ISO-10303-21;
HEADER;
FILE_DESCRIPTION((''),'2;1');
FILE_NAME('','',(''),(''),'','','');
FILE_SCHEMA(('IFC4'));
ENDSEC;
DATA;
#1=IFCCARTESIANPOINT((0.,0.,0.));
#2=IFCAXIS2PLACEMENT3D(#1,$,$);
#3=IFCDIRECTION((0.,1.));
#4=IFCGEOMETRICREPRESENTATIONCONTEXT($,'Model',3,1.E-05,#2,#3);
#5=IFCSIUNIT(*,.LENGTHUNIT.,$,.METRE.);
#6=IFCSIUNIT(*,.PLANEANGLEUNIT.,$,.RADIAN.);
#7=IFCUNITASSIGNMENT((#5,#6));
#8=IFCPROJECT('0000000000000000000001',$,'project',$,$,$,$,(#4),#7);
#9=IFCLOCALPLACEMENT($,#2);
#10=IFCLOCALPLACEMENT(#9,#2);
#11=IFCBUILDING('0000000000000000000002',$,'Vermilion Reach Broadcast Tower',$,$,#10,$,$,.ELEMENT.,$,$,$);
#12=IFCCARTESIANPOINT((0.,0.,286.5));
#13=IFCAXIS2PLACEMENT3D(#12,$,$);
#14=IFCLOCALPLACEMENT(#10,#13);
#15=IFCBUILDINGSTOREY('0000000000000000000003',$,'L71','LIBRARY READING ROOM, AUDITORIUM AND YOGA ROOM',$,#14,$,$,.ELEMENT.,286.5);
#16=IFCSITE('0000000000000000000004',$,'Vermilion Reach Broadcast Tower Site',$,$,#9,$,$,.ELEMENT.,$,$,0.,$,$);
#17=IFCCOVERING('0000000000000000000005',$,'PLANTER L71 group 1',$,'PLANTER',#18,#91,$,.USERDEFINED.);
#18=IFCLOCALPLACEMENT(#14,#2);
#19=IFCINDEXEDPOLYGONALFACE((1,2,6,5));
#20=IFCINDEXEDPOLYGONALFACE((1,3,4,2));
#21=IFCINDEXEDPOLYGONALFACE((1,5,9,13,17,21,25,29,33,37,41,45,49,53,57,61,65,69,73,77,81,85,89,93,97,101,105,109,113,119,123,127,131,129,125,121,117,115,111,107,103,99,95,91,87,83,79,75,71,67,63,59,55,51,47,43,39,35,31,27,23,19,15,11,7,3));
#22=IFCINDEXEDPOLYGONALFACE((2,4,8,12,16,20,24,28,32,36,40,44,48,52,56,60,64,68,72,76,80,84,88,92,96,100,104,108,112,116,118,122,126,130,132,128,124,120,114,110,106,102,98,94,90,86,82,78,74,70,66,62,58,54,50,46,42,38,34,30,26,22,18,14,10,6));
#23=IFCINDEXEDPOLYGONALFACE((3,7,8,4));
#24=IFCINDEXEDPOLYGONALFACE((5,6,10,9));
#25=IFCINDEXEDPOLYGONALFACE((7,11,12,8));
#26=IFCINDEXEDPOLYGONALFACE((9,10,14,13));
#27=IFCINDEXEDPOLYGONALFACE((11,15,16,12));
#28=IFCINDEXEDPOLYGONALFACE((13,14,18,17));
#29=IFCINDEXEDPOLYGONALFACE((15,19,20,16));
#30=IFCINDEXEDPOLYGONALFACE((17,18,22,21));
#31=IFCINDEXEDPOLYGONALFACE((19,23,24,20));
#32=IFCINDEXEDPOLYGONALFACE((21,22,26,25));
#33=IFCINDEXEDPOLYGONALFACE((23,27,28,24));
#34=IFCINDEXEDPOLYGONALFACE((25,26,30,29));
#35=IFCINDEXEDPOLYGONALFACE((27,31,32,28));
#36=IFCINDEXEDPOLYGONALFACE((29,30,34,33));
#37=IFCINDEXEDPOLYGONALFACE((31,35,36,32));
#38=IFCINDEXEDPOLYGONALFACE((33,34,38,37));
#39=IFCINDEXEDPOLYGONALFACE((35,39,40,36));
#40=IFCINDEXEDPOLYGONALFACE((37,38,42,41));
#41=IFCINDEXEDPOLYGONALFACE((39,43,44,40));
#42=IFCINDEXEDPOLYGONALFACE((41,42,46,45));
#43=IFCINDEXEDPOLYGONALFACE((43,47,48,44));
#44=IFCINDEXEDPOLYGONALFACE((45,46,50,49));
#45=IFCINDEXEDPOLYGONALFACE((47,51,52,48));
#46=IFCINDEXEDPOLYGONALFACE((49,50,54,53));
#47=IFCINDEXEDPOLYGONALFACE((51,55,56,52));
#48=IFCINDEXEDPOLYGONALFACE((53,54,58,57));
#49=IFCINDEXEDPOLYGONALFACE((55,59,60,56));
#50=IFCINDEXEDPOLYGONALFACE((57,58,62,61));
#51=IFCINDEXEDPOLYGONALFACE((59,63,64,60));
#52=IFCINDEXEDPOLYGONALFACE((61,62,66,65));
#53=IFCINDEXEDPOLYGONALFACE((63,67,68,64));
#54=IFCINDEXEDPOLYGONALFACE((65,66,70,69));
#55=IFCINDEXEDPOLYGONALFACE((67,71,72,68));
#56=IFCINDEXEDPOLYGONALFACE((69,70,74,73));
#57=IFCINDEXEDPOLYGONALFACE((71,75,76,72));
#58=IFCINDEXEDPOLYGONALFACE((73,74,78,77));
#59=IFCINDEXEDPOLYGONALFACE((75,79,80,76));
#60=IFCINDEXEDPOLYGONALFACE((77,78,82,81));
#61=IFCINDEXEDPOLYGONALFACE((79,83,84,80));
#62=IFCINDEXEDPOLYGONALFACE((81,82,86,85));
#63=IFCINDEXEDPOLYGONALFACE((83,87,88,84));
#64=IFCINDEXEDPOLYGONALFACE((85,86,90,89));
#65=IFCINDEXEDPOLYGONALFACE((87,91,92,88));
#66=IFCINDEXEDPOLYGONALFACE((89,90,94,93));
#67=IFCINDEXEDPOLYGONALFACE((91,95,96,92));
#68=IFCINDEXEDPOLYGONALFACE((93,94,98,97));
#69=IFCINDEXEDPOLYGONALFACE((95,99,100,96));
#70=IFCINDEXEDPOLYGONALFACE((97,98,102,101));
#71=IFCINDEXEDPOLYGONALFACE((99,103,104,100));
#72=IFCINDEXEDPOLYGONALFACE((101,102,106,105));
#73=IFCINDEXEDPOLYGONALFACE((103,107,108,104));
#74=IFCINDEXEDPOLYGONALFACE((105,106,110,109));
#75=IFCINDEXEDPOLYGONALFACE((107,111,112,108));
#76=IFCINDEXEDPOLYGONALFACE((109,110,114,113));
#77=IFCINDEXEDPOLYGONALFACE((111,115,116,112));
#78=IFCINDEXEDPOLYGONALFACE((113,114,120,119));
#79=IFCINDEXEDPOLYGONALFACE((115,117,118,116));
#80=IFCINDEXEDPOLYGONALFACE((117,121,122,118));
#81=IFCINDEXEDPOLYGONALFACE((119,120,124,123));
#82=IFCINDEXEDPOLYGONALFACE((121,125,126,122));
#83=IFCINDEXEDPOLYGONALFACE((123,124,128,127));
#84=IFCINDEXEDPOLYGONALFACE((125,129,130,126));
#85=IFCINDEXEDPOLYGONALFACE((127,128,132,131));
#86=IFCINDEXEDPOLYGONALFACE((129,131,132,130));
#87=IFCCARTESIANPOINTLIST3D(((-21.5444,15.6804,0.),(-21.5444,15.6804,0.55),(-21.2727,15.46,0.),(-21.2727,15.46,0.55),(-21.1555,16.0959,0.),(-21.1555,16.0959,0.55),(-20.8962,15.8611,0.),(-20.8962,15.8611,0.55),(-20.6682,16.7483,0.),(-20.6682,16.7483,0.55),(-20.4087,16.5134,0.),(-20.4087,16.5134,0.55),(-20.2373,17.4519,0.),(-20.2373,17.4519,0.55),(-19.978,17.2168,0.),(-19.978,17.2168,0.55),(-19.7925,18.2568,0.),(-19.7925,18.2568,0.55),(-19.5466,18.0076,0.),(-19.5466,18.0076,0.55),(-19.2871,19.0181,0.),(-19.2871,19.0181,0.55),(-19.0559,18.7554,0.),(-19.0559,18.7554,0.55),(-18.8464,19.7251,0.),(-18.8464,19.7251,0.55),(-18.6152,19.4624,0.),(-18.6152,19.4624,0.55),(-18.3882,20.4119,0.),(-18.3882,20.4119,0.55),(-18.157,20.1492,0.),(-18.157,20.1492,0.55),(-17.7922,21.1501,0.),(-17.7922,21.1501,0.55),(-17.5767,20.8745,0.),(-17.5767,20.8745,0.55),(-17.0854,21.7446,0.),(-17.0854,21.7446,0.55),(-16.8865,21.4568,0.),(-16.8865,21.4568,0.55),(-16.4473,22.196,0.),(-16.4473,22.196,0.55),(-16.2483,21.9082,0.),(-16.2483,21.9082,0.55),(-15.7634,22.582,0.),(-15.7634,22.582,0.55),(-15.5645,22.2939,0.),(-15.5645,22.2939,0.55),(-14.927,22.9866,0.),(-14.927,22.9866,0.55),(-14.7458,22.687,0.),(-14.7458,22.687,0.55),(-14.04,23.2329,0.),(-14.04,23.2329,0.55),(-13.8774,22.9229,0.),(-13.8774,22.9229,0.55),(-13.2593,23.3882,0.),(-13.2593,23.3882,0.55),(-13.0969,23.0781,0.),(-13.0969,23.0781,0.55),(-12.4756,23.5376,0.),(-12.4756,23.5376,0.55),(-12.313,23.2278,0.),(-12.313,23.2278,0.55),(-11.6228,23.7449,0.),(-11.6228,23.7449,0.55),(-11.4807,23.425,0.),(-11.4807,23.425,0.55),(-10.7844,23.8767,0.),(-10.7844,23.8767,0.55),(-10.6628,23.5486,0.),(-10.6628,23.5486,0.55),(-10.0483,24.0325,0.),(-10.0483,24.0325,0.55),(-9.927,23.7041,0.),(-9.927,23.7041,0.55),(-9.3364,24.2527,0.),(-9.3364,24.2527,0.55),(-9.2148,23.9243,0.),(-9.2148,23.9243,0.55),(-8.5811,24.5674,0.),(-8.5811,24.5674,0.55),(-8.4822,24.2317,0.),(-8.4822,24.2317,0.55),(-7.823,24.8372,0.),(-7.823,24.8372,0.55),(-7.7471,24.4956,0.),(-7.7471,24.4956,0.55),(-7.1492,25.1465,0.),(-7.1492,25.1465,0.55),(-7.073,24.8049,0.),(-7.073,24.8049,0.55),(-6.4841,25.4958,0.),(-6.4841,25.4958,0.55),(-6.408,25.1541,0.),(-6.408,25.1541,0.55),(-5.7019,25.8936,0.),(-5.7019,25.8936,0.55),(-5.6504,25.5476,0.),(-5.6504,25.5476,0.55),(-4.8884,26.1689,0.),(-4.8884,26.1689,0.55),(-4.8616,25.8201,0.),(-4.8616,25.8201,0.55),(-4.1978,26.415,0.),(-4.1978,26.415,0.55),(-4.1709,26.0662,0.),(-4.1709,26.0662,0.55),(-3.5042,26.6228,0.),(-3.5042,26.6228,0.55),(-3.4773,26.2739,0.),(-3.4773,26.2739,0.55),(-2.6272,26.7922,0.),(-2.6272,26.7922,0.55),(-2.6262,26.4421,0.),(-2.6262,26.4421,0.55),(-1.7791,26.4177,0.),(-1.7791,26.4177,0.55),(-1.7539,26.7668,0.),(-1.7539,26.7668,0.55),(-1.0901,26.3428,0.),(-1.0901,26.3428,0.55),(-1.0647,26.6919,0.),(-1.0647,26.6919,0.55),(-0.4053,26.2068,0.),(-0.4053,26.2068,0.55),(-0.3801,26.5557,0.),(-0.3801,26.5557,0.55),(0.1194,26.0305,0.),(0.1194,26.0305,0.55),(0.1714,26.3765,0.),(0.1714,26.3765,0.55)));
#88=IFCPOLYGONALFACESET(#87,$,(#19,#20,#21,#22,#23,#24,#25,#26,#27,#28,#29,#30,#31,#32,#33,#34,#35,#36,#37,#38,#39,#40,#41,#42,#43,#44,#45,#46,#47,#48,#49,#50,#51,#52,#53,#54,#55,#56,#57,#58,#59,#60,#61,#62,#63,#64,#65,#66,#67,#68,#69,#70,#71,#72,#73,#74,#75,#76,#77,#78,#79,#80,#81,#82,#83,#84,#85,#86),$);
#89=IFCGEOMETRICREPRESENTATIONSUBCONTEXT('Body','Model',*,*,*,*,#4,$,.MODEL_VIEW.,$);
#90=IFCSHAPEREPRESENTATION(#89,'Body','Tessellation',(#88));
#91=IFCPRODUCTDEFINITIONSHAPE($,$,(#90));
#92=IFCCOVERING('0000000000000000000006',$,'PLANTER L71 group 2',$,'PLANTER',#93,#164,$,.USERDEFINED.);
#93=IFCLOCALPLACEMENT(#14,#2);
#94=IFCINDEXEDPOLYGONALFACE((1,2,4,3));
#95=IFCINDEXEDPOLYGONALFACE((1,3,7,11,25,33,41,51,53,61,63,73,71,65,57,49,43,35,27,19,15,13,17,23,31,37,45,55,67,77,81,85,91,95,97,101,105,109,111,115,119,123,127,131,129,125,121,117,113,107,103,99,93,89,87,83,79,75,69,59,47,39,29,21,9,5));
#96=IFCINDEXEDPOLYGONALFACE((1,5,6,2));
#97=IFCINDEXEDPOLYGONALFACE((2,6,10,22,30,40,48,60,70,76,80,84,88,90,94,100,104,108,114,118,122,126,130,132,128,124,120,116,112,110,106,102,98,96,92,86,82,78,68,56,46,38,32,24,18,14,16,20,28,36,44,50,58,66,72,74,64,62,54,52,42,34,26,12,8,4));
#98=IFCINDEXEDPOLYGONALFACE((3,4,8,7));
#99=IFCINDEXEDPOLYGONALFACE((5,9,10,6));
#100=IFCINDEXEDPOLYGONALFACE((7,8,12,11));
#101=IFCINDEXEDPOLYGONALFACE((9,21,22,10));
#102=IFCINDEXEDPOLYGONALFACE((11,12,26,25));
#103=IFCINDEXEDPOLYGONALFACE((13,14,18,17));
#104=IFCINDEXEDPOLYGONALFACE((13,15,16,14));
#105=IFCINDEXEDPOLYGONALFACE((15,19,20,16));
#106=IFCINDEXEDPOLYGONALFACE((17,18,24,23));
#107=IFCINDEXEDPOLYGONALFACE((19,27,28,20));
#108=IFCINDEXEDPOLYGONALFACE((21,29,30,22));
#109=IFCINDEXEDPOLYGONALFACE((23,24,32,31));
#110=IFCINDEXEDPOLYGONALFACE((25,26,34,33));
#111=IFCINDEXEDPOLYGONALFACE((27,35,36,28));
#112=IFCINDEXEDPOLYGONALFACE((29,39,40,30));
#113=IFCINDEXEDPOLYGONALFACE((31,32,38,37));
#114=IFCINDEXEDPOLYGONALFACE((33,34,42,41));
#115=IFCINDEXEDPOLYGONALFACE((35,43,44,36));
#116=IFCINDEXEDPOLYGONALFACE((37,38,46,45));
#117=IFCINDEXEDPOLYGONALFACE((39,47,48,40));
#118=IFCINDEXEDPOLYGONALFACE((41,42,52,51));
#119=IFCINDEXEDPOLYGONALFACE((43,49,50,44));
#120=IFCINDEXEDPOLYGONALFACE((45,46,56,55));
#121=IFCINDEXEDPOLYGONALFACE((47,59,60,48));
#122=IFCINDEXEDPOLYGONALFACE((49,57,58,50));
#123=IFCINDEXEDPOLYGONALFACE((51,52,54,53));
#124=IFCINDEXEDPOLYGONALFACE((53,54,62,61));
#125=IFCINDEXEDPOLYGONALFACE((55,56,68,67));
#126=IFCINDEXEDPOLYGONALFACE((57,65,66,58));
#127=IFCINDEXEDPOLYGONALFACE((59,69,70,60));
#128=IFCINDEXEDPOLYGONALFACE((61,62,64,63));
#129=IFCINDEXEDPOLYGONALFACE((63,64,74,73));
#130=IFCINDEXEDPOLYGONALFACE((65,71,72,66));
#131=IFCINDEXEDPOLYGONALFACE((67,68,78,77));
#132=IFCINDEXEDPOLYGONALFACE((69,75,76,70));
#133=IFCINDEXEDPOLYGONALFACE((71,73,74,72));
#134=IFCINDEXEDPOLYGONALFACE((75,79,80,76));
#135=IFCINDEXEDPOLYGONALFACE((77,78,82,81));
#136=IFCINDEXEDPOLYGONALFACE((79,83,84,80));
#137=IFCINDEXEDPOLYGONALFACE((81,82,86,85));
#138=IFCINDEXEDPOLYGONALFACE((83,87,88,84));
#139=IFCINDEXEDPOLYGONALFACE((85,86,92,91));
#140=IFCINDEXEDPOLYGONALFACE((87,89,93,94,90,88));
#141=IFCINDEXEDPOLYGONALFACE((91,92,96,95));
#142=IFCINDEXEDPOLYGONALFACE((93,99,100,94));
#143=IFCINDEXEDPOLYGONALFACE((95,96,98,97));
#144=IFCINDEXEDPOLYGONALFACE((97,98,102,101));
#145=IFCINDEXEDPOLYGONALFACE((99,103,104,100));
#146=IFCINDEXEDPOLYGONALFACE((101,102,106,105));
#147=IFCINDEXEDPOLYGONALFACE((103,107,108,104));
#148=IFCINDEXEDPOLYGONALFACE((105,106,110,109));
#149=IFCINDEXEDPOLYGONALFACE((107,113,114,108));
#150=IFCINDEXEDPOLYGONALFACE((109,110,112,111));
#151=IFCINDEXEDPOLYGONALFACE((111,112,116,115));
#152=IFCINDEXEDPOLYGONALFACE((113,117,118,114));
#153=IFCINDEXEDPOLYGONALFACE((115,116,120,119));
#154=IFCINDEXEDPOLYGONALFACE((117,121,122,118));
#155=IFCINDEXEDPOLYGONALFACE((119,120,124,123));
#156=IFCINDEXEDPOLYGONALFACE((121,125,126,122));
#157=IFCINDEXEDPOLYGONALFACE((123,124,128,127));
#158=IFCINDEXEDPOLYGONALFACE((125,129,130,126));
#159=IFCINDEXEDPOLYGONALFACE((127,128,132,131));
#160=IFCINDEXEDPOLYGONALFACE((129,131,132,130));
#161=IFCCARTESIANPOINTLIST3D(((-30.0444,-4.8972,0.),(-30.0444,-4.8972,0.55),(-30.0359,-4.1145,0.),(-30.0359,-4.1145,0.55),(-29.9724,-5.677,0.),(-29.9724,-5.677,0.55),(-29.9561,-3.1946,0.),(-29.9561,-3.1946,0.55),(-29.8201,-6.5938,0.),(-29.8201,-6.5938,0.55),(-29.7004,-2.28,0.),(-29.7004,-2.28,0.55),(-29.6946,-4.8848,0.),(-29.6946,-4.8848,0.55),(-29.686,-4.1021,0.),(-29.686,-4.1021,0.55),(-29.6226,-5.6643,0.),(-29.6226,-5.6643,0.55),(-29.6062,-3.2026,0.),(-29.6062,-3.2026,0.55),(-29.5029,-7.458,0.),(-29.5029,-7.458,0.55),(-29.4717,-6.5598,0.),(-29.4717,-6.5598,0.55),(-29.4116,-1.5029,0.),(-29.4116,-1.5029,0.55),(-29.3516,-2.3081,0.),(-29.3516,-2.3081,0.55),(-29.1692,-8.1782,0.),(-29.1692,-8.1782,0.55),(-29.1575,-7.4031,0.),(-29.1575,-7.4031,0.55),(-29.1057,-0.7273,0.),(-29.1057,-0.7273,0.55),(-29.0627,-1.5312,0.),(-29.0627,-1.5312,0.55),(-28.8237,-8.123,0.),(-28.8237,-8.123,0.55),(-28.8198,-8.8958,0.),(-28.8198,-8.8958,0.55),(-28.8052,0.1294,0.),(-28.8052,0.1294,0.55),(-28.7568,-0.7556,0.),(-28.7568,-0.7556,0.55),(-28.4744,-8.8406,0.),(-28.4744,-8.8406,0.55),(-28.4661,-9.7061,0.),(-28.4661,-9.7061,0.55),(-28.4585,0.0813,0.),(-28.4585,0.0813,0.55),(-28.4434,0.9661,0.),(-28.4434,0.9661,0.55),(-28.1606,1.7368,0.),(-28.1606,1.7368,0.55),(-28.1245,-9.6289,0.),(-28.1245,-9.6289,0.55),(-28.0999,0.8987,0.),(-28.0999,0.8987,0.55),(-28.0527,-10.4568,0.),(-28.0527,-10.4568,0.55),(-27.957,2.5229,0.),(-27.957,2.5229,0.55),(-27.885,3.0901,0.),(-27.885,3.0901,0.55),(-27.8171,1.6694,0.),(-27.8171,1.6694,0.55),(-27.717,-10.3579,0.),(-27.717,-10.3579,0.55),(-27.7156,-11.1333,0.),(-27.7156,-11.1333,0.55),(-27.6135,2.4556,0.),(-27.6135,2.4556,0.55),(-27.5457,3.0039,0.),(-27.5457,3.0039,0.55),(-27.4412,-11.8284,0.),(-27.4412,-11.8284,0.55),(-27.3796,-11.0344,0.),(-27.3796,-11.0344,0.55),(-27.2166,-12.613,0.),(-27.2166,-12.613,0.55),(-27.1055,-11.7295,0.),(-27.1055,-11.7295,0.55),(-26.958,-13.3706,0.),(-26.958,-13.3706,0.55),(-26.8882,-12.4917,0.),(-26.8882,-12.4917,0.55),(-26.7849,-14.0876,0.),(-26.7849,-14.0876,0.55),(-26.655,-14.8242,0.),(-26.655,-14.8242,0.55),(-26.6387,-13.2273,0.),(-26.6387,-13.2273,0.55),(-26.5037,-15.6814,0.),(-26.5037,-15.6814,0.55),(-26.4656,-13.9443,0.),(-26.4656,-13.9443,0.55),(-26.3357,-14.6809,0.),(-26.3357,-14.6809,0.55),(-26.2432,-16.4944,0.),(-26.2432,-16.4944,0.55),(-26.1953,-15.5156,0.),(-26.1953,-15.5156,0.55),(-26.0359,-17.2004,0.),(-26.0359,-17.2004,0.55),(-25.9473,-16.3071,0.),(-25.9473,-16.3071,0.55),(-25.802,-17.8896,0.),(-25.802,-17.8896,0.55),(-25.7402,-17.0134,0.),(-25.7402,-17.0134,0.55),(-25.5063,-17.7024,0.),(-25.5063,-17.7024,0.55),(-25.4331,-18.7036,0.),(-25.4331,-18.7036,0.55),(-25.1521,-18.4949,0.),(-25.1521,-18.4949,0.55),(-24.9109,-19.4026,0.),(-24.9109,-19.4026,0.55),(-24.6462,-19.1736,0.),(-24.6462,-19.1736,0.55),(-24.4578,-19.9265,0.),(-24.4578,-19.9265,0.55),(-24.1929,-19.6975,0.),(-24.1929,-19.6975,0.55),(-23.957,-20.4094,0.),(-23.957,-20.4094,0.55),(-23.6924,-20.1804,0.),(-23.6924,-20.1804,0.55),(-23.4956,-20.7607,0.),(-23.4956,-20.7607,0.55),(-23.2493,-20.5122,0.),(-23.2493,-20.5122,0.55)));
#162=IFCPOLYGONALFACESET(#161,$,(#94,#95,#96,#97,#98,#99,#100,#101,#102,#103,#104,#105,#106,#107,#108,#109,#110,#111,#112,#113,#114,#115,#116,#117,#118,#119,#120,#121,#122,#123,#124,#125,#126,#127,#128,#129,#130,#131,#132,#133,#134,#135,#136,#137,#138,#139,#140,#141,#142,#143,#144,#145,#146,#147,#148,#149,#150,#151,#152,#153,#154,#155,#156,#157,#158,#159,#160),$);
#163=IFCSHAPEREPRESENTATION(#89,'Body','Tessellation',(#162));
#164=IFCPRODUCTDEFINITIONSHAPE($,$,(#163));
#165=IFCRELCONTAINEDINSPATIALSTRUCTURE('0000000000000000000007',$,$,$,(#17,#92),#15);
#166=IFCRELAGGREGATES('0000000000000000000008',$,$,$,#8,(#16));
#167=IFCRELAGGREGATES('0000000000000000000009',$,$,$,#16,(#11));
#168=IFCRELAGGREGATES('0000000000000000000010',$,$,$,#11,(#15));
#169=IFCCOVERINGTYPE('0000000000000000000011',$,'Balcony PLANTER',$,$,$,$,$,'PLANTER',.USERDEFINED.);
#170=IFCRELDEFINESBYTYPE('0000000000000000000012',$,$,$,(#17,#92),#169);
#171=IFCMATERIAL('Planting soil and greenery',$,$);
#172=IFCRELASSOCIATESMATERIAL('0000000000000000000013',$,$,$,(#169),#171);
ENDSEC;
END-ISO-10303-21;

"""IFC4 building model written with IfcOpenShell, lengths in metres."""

from ifc_helpers import new_model, si_unit, direction, frame, origin, place, context, subcontext, project, spatial, polyline, outline, extrude, material, type_object, element, save


model = new_model("IFC4")

# Units and contexts
model_context = context("Model", 3, precision=1e-05, world=origin(), true_north=direction((0.0, 1.0)))
body_context = subcontext(model_context, "Body", "Model", "MODEL_VIEW")
ifc_project = project(units=[si_unit("LENGTHUNIT", "METRE"), si_unit("PLANEANGLEUNIT", "RADIAN")], contexts=[model_context])

# Site, building, storey
site_placement = place(None, origin())
site = spatial("IfcSite", under=ifc_project, at=site_placement, Name="Vermilion Reach Broadcast Tower Site", CompositionType="ELEMENT", RefElevation=0.0)
building_placement = place(site_placement, origin())
building = spatial("IfcBuilding", under=site, at=building_placement, Name="Vermilion Reach Broadcast Tower", CompositionType="ELEMENT")
storey_placement = place(building_placement, frame((0.0, 0.0, 286.5)))
storey = spatial("IfcBuildingStorey", under=building, at=storey_placement, Name="L71", Description="LIBRARY READING ROOM, AUDITORIUM AND YOGA ROOM", CompositionType="ELEMENT", Elevation=286.5)

# Shared definitions
placement_1 = place(storey_placement, origin())

# Coverings
ifc_material_1 = material(Name="Planting soil and greenery")
covering_type = type_object("IfcCoveringType", Name="Balcony PLANTER", ElementType="PLANTER", PredefinedType="USERDEFINED", material=ifc_material_1)
element("IfcCovering", 1, at=placement_1, inside=storey, type_object=covering_type, Name="PLANTER L71 group 1", ObjectType="PLANTER", PredefinedType="USERDEFINED", context=body_context, shape_type="SweptSolid", body=[
    extrude(outline(polyline([(0.1714, 26.3765), (-0.3801, 26.5557), (-1.0647, 26.6919), (-1.7539, 26.7668), (-2.6272, 26.7922), (-3.5042, 26.6228), (-4.1978, 26.415), (-4.8884, 26.1689), (-5.7019, 25.8936), (-6.4841, 25.4958), (-7.1492, 25.1465), (-7.823, 24.8372), (-8.5811, 24.5674), (-9.3364, 24.2527), (-10.0483, 24.0325), (-10.7844, 23.8767), (-11.6228, 23.7449), (-12.4756, 23.5376), (-13.2593, 23.3882), (-14.04, 23.2329), (-14.927, 22.9866), (-15.7634, 22.582), (-16.4473, 22.196), (-17.0854, 21.7446), (-17.7922, 21.1501), (-18.3882, 20.4119), (-18.8464, 19.7251), (-19.2871, 19.0181), (-19.7925, 18.2568), (-20.2373, 17.4519), (-20.6682, 16.7483), (-21.1555, 16.0959), (-21.5444, 15.6804), (-21.2727, 15.46), (-20.8962, 15.8611), (-20.4087, 16.5134), (-19.978, 17.2168), (-19.5466, 18.0076), (-19.0559, 18.7554), (-18.6152, 19.4624), (-18.157, 20.1492), (-17.5767, 20.8745), (-16.8865, 21.4568), (-16.2483, 21.9082), (-15.5645, 22.2939), (-14.7458, 22.687), (-13.8774, 22.9229), (-13.0969, 23.0781), (-12.313, 23.2278), (-11.4807, 23.425), (-10.6628, 23.5486), (-9.927, 23.7041), (-9.2148, 23.9243), (-8.4822, 24.2317), (-7.7471, 24.4956), (-7.073, 24.8049), (-6.408, 25.1541), (-5.6504, 25.5476), (-4.8616, 25.8201), (-4.1709, 26.0662), (-3.4773, 26.2739), (-2.6262, 26.4421), (-1.7791, 26.4177), (-1.0901, 26.3428), (-0.4053, 26.2068), (0.1194, 26.0305), (0.1714, 26.3765)])), origin(), (0.0, 0.0, 1.0), 0.55),
])
element("IfcCovering", 2, at=placement_1, inside=storey, type_object=covering_type, Name="PLANTER L71 group 2", ObjectType="PLANTER", PredefinedType="USERDEFINED", context=body_context, shape_type="SweptSolid", body=[
    extrude(outline(polyline([(-27.885, 3.0901), (-27.957, 2.5229), (-28.1606, 1.7368), (-28.4434, 0.9661), (-28.8052, 0.1294), (-29.1057, -0.7273), (-29.4116, -1.5029), (-29.7004, -2.28), (-29.9561, -3.1946), (-30.0359, -4.1145), (-30.0444, -4.8972), (-29.9724, -5.677), (-29.8201, -6.5938), (-29.5029, -7.458), (-29.1692, -8.1782), (-28.8198, -8.8958), (-28.4661, -9.7061), (-28.0527, -10.4568), (-27.7156, -11.1333), (-27.4412, -11.8284), (-27.2166, -12.613), (-26.958, -13.3706), (-26.7849, -14.0876), (-26.655, -14.8242), (-26.5037, -15.6814), (-26.2432, -16.4944), (-26.0359, -17.2004), (-25.802, -17.8896), (-25.4331, -18.7036), (-24.9109, -19.4026), (-24.4578, -19.9265), (-23.957, -20.4094), (-23.4956, -20.7607), (-23.2493, -20.5122), (-23.6924, -20.1804), (-24.1929, -19.6975), (-24.6462, -19.1736), (-25.1521, -18.4949), (-25.5063, -17.7024), (-25.7402, -17.0134), (-25.9473, -16.3071), (-26.1953, -15.5156), (-26.3357, -14.6809), (-26.4656, -13.9443), (-26.6387, -13.2273), (-26.8882, -12.4917), (-27.1055, -11.7295), (-27.3796, -11.0344), (-27.717, -10.3579), (-28.1245, -9.6289), (-28.4744, -8.8406), (-28.8237, -8.123), (-29.1575, -7.4031), (-29.4717, -6.5598), (-29.6226, -5.6643), (-29.6946, -4.8848), (-29.686, -4.1021), (-29.6062, -3.2026), (-29.3516, -2.3081), (-29.0627, -1.5312), (-28.7568, -0.7556), (-28.4585, 0.0813), (-28.0999, 0.8987), (-27.8171, 1.6694), (-27.6135, 2.4556), (-27.5457, 3.0039), (-27.885, 3.0901)])), origin(), (0.0, 0.0, 1.0), 0.55),
])

save(model, "model.ifc")
